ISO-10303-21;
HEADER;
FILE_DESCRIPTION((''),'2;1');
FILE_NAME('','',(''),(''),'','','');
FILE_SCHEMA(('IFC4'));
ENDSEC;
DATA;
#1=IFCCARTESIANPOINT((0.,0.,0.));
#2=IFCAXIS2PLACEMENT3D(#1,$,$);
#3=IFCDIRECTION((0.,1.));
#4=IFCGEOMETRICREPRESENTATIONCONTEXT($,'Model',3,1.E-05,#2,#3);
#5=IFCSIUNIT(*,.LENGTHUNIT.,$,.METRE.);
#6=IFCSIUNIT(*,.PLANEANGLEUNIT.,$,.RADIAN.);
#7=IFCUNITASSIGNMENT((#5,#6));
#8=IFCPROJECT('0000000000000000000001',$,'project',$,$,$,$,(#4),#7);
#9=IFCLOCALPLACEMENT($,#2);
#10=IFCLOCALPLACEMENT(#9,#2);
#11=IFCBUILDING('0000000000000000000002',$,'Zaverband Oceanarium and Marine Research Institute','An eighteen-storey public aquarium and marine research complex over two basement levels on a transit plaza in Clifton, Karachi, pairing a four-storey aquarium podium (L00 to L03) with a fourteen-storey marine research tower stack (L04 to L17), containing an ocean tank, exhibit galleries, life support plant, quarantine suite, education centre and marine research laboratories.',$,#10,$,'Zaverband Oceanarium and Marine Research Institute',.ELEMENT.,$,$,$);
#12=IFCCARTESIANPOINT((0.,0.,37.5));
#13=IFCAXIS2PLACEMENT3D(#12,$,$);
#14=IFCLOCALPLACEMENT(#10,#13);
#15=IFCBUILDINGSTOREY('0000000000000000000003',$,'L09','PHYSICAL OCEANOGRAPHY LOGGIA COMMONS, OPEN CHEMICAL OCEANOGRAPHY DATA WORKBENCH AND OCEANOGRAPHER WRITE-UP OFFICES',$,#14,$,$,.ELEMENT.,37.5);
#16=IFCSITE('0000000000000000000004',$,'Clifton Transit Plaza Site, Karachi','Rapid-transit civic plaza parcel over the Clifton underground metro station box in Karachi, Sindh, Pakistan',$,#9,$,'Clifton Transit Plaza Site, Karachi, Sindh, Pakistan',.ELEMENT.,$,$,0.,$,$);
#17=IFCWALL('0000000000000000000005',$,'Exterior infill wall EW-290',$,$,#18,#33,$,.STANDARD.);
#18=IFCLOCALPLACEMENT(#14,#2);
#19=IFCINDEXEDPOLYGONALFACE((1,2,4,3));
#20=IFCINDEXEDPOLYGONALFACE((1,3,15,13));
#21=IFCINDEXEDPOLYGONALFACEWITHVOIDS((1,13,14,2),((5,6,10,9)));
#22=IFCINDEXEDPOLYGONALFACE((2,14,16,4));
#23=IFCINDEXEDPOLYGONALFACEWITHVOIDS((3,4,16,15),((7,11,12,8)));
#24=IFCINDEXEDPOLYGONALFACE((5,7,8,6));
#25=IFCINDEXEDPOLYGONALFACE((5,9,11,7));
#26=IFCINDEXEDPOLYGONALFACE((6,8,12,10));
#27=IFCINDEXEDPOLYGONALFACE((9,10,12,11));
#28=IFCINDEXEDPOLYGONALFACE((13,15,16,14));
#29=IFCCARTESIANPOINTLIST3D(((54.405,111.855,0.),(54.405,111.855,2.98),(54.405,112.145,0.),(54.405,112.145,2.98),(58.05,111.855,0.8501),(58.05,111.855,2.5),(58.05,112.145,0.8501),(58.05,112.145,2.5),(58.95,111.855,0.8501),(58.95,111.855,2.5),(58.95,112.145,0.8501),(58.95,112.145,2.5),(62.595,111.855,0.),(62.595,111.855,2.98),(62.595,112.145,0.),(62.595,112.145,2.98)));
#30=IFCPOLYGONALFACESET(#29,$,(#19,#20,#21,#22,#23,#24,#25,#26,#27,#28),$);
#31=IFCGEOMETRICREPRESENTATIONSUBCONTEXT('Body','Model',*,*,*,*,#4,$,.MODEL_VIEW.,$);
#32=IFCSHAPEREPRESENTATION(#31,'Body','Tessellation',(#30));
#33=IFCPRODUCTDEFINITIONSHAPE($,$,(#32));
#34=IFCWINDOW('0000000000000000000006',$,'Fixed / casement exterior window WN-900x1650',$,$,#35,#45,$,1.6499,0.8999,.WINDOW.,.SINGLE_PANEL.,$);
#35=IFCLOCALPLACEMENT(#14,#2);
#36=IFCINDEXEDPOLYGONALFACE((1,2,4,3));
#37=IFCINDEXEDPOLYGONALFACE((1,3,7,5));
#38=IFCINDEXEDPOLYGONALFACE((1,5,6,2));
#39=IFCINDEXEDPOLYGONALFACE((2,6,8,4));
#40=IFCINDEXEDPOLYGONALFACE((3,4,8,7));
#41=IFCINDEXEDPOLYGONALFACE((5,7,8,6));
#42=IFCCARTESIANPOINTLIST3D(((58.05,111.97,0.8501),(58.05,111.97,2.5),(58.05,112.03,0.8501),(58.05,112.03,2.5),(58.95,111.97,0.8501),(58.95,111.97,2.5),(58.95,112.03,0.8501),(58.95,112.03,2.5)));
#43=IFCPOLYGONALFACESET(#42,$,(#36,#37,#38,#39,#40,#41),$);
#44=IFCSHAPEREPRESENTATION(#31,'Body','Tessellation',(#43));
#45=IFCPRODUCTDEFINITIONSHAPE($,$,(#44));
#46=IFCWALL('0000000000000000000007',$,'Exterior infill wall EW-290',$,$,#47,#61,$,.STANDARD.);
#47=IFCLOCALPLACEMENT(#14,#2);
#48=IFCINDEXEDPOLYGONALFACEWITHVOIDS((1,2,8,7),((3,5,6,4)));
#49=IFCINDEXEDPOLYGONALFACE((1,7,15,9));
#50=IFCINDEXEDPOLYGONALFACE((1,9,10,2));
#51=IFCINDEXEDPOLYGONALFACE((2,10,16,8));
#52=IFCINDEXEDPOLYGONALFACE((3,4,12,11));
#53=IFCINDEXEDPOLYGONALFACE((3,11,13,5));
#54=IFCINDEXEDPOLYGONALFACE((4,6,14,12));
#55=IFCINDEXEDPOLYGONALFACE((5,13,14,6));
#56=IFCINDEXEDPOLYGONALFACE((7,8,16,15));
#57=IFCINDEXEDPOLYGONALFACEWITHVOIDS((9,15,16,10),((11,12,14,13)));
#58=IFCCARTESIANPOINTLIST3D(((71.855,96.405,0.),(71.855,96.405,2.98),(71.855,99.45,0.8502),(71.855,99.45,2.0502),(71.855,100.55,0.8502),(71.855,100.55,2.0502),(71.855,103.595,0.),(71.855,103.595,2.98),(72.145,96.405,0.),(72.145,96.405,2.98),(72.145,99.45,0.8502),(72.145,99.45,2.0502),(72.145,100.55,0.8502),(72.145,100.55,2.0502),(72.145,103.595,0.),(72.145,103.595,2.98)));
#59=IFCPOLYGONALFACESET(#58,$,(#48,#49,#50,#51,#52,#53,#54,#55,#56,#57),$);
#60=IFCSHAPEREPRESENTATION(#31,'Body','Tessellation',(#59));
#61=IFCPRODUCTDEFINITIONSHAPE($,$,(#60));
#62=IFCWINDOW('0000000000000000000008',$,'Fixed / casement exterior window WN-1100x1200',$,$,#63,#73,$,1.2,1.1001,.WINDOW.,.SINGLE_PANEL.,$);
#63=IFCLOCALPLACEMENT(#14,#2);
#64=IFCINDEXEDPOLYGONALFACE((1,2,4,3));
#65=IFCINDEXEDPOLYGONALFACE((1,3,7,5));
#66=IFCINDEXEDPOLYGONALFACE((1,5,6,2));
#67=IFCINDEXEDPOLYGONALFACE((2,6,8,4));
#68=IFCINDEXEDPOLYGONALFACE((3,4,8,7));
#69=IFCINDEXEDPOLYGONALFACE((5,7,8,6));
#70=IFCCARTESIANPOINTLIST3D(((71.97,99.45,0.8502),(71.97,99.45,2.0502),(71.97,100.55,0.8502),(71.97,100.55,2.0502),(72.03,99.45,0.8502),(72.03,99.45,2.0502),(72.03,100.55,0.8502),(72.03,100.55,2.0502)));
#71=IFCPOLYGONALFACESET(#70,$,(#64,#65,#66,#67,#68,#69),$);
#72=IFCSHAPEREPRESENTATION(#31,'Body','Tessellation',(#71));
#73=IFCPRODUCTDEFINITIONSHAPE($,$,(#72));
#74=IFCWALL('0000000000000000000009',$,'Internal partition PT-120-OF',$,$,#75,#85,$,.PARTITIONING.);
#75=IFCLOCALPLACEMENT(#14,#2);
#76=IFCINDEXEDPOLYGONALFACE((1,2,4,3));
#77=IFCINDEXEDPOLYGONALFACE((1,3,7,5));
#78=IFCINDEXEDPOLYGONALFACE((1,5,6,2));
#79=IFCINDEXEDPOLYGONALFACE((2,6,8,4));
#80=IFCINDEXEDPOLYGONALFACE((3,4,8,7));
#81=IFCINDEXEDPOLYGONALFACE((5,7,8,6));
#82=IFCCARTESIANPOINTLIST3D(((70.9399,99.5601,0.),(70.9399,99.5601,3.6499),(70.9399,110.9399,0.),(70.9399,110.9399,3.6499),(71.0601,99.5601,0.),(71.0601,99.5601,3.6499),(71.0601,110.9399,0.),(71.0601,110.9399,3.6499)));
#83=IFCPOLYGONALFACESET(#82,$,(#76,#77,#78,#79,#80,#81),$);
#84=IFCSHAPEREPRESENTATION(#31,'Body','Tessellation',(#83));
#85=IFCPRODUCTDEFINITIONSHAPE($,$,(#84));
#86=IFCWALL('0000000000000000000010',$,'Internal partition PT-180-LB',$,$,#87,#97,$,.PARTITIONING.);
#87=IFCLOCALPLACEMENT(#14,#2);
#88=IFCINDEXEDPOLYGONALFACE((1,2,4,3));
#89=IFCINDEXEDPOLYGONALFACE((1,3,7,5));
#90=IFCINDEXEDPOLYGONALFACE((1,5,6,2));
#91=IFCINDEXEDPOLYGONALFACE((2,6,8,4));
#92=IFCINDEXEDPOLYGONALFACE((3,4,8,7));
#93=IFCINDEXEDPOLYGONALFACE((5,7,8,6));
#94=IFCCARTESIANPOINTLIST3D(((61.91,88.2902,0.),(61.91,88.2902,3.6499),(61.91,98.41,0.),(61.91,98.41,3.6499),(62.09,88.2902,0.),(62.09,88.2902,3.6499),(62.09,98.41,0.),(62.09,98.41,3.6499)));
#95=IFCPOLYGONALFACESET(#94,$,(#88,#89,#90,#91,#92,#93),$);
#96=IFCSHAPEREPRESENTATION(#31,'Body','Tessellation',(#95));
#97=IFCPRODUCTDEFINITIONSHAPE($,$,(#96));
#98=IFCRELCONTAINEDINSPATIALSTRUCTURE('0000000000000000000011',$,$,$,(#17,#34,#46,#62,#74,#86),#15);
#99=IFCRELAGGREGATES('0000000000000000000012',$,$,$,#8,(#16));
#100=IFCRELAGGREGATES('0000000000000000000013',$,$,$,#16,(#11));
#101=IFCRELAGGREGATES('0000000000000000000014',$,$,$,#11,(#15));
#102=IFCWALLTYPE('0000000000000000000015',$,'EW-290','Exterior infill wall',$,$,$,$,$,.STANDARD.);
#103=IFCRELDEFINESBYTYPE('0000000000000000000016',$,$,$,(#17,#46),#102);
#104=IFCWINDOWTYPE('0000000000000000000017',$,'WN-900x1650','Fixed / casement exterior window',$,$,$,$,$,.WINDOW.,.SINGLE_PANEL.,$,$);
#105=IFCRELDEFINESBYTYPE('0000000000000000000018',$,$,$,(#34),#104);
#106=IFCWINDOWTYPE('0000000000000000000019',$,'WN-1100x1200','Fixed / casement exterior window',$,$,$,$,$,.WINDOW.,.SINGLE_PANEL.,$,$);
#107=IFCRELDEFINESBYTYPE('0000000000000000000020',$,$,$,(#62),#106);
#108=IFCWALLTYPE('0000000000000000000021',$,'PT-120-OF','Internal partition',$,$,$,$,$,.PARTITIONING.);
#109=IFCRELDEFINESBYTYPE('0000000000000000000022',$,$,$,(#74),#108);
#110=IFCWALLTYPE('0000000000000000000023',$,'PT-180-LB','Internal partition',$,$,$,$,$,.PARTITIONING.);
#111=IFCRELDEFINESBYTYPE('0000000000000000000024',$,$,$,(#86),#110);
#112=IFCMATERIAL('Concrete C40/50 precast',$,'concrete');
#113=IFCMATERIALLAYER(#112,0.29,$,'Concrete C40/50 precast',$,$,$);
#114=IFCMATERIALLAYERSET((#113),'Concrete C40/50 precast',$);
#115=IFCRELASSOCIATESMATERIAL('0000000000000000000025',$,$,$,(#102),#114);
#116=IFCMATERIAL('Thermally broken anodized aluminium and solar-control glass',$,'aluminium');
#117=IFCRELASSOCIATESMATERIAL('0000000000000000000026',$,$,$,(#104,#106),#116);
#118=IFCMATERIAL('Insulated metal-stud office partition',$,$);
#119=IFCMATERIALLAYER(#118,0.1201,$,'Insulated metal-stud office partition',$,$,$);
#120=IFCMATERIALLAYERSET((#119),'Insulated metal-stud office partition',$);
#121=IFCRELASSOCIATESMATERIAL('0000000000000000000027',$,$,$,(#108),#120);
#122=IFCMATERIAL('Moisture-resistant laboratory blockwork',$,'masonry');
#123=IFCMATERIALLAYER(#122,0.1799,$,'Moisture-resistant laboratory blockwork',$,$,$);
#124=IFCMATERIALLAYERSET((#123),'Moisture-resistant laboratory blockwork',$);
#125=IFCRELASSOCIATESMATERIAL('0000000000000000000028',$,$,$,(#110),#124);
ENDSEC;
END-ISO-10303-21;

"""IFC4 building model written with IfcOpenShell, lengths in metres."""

from ifc_helpers import new_model, si_unit, direction, frame, frame_2d, origin, place, context, subcontext, project, spatial, rectangle, extrude, material, layer, layer_set, type_object, element, fill, save


model = new_model("IFC4")

# Units and contexts
model_context = context("Model", 3, precision=1e-05, world=origin(), true_north=direction((0.0, 1.0)))
body_context = subcontext(model_context, "Body", "Model", "MODEL_VIEW")
ifc_project = project(units=[si_unit("LENGTHUNIT", "METRE"), si_unit("PLANEANGLEUNIT", "RADIAN")], contexts=[model_context])

# Site, building, storey
site_placement = place(None, origin())
site = spatial("IfcSite", under=ifc_project, at=site_placement, Name="Clifton Transit Plaza Site, Karachi", Description="Rapid-transit civic plaza parcel over the Clifton underground metro station box in Karachi, Sindh, Pakistan", LongName="Clifton Transit Plaza Site, Karachi, Sindh, Pakistan", CompositionType="ELEMENT", RefElevation=0.0)
building_placement = place(site_placement, origin())
building = spatial("IfcBuilding", under=site, at=building_placement, Name="Zaverband Oceanarium and Marine Research Institute", Description="An eighteen-storey public aquarium and marine research complex over two basement levels on a transit plaza in Clifton, Karachi, pairing a four-storey aquarium podium (L00 to L03) with a fourteen-storey marine research tower stack (L04 to L17), containing an ocean tank, exhibit galleries, life support plant, quarantine suite, education centre and marine research laboratories.", LongName="Zaverband Oceanarium and Marine Research Institute", CompositionType="ELEMENT")
storey_placement = place(building_placement, frame((0.0, 0.0, 37.5)))
storey = spatial("IfcBuildingStorey", under=building, at=storey_placement, Name="L09", Description="PHYSICAL OCEANOGRAPHY LOGGIA COMMONS, OPEN CHEMICAL OCEANOGRAPHY DATA WORKBENCH AND OCEANOGRAPHER WRITE-UP OFFICES", CompositionType="ELEMENT", Elevation=37.5)

# Walls, openings, windows
ifc_material_1 = material(Name="Concrete C40/50 precast", Category="concrete")
ifc_material_2 = material(Name="Thermally broken anodized aluminium and solar-control glass", Category="aluminium")
ifc_layer_1 = layer(ifc_material_1, 0.29, Name="Concrete C40/50 precast")
ifc_layer_set_1 = layer_set([ifc_layer_1], Name="Concrete C40/50 precast")
wall_type_1 = type_object("IfcWallType", Name="EW-290", Description="Exterior infill wall", PredefinedType="STANDARD", material=ifc_layer_set_1)
wall_1_placement = place(storey_placement, frame((54.405, 112.0, 0.0), z_axis=(0.0, 0.0, 1.0), x_axis=(1.0, 0.0, 0.0)))
wall_1 = element("IfcWall", 1, at=wall_1_placement, inside=storey, type_object=wall_type_1, Name="Exterior infill wall EW-290", PredefinedType="STANDARD", context=body_context, shape_type="SweptSolid", body=[
    extrude(rectangle(XDim=8.1899, YDim=0.29, at=frame_2d((4.095, 0.0))), origin(), (0.0, 0.0, 1.0), 2.98),
])
opening_1_placement = place(wall_1_placement, frame((3.645, 0.0, 0.8501)))
opening_1 = element("IfcOpeningElement", 2, at=opening_1_placement, cuts=wall_1, PredefinedType="OPENING", context=body_context, shape_type="SweptSolid", body=[
    extrude(rectangle(XDim=0.8999, YDim=1.6499, at=frame_2d((0.45, 0.825))), frame((0.0, 0.157, 0.0), z_axis=(0.0, -1.0, 0.0), x_axis=(1.0, 0.0, 0.0)), (0.0, 0.0, 1.0), 0.314),
])
window_type_1 = type_object("IfcWindowType", Name="WN-900x1650", Description="Fixed / casement exterior window", PartitioningType="SINGLE_PANEL", PredefinedType="WINDOW", material=ifc_material_2)
window_1_placement = place(opening_1_placement, origin())
window_1 = element("IfcWindow", 3, at=window_1_placement, inside=storey, type_object=window_type_1, Name="Fixed / casement exterior window WN-900x1650", OverallHeight=1.6499, OverallWidth=0.8999, PartitioningType="SINGLE_PANEL", PredefinedType="WINDOW", context=body_context, shape_type="SweptSolid", body=[
    extrude(rectangle(XDim=0.8999, YDim=1.6499, at=frame_2d((0.45, 0.825))), frame((0.0, 0.03, 0.0), z_axis=(0.0, -1.0, 0.0), x_axis=(1.0, 0.0, 0.0)), (0.0, 0.0, 1.0), 0.0601),
])
fill(opening_1, window_1)
wall_2_placement = place(storey_placement, frame((72.0, 96.405, 0.0), z_axis=(0.0, 0.0, 1.0), x_axis=(0.0, 1.0, 0.0)))
wall_2 = element("IfcWall", 4, at=wall_2_placement, inside=storey, type_object=wall_type_1, Name="Exterior infill wall EW-290", PredefinedType="STANDARD", context=body_context, shape_type="SweptSolid", body=[
    extrude(rectangle(XDim=7.1899, YDim=0.29, at=frame_2d((3.595, 0.0))), origin(), (0.0, 0.0, 1.0), 2.98),
])
opening_2_placement = place(wall_2_placement, frame((3.0449, 0.0, 0.8501)))
opening_2 = element("IfcOpeningElement", 5, at=opening_2_placement, cuts=wall_2, PredefinedType="OPENING", context=body_context, shape_type="SweptSolid", body=[
    extrude(rectangle(XDim=1.1001, YDim=1.2, at=frame_2d((0.55, 0.6001))), frame((0.0, 0.157, 0.0), z_axis=(0.0, -1.0, 0.0), x_axis=(1.0, 0.0, 0.0)), (0.0, 0.0, 1.0), 0.314),
])
window_type_2 = type_object("IfcWindowType", Name="WN-1100x1200", Description="Fixed / casement exterior window", PartitioningType="SINGLE_PANEL", PredefinedType="WINDOW", material=ifc_material_2)
window_2_placement = place(opening_2_placement, origin())
window_2 = element("IfcWindow", 6, at=window_2_placement, inside=storey, type_object=window_type_2, Name="Fixed / casement exterior window WN-1100x1200", OverallHeight=1.2, OverallWidth=1.1001, PartitioningType="SINGLE_PANEL", PredefinedType="WINDOW", context=body_context, shape_type="SweptSolid", body=[
    extrude(rectangle(XDim=1.1001, YDim=1.2, at=frame_2d((0.55, 0.6001))), frame((0.0, 0.03, 0.0), z_axis=(0.0, -1.0, 0.0), x_axis=(1.0, 0.0, 0.0)), (0.0, 0.0, 1.0), 0.0601),
])
fill(opening_2, window_2)

# Walls
ifc_material_3 = material(Name="Insulated metal-stud office partition")
ifc_layer_2 = layer(ifc_material_3, 0.1201, Name="Insulated metal-stud office partition")
ifc_layer_set_2 = layer_set([ifc_layer_2], Name="Insulated metal-stud office partition")
wall_type_2 = type_object("IfcWallType", Name="PT-120-OF", Description="Internal partition", PredefinedType="PARTITIONING", material=ifc_layer_set_2)
wall_3_placement = place(storey_placement, frame((71.0, 99.5601, 0.0), z_axis=(0.0, 0.0, 1.0), x_axis=(0.0, 1.0, 0.0)))
element("IfcWall", 7, at=wall_3_placement, inside=storey, type_object=wall_type_2, Name="Internal partition PT-120-OF", PredefinedType="PARTITIONING", context=body_context, shape_type="SweptSolid", body=[
    extrude(rectangle(XDim=11.3799, YDim=0.1201, at=frame_2d((5.6899, 0.0))), origin(), (0.0, 0.0, 1.0), 3.6499),
])
ifc_material_4 = material(Name="Moisture-resistant laboratory blockwork", Category="masonry")
ifc_layer_3 = layer(ifc_material_4, 0.1799, Name="Moisture-resistant laboratory blockwork")
ifc_layer_set_3 = layer_set([ifc_layer_3], Name="Moisture-resistant laboratory blockwork")
wall_type_3 = type_object("IfcWallType", Name="PT-180-LB", Description="Internal partition", PredefinedType="PARTITIONING", material=ifc_layer_set_3)
wall_4_placement = place(storey_placement, frame((62.0, 88.29, 0.0), z_axis=(0.0, 0.0, 1.0), x_axis=(0.0, 1.0, 0.0)))
element("IfcWall", 8, at=wall_4_placement, inside=storey, type_object=wall_type_3, Name="Internal partition PT-180-LB", PredefinedType="PARTITIONING", context=body_context, shape_type="SweptSolid", body=[
    extrude(rectangle(XDim=10.1199, YDim=0.1799, at=frame_2d((5.0601, 0.0))), origin(), (0.0, 0.0, 1.0), 3.6499),
])

save(model, "model.ifc")
